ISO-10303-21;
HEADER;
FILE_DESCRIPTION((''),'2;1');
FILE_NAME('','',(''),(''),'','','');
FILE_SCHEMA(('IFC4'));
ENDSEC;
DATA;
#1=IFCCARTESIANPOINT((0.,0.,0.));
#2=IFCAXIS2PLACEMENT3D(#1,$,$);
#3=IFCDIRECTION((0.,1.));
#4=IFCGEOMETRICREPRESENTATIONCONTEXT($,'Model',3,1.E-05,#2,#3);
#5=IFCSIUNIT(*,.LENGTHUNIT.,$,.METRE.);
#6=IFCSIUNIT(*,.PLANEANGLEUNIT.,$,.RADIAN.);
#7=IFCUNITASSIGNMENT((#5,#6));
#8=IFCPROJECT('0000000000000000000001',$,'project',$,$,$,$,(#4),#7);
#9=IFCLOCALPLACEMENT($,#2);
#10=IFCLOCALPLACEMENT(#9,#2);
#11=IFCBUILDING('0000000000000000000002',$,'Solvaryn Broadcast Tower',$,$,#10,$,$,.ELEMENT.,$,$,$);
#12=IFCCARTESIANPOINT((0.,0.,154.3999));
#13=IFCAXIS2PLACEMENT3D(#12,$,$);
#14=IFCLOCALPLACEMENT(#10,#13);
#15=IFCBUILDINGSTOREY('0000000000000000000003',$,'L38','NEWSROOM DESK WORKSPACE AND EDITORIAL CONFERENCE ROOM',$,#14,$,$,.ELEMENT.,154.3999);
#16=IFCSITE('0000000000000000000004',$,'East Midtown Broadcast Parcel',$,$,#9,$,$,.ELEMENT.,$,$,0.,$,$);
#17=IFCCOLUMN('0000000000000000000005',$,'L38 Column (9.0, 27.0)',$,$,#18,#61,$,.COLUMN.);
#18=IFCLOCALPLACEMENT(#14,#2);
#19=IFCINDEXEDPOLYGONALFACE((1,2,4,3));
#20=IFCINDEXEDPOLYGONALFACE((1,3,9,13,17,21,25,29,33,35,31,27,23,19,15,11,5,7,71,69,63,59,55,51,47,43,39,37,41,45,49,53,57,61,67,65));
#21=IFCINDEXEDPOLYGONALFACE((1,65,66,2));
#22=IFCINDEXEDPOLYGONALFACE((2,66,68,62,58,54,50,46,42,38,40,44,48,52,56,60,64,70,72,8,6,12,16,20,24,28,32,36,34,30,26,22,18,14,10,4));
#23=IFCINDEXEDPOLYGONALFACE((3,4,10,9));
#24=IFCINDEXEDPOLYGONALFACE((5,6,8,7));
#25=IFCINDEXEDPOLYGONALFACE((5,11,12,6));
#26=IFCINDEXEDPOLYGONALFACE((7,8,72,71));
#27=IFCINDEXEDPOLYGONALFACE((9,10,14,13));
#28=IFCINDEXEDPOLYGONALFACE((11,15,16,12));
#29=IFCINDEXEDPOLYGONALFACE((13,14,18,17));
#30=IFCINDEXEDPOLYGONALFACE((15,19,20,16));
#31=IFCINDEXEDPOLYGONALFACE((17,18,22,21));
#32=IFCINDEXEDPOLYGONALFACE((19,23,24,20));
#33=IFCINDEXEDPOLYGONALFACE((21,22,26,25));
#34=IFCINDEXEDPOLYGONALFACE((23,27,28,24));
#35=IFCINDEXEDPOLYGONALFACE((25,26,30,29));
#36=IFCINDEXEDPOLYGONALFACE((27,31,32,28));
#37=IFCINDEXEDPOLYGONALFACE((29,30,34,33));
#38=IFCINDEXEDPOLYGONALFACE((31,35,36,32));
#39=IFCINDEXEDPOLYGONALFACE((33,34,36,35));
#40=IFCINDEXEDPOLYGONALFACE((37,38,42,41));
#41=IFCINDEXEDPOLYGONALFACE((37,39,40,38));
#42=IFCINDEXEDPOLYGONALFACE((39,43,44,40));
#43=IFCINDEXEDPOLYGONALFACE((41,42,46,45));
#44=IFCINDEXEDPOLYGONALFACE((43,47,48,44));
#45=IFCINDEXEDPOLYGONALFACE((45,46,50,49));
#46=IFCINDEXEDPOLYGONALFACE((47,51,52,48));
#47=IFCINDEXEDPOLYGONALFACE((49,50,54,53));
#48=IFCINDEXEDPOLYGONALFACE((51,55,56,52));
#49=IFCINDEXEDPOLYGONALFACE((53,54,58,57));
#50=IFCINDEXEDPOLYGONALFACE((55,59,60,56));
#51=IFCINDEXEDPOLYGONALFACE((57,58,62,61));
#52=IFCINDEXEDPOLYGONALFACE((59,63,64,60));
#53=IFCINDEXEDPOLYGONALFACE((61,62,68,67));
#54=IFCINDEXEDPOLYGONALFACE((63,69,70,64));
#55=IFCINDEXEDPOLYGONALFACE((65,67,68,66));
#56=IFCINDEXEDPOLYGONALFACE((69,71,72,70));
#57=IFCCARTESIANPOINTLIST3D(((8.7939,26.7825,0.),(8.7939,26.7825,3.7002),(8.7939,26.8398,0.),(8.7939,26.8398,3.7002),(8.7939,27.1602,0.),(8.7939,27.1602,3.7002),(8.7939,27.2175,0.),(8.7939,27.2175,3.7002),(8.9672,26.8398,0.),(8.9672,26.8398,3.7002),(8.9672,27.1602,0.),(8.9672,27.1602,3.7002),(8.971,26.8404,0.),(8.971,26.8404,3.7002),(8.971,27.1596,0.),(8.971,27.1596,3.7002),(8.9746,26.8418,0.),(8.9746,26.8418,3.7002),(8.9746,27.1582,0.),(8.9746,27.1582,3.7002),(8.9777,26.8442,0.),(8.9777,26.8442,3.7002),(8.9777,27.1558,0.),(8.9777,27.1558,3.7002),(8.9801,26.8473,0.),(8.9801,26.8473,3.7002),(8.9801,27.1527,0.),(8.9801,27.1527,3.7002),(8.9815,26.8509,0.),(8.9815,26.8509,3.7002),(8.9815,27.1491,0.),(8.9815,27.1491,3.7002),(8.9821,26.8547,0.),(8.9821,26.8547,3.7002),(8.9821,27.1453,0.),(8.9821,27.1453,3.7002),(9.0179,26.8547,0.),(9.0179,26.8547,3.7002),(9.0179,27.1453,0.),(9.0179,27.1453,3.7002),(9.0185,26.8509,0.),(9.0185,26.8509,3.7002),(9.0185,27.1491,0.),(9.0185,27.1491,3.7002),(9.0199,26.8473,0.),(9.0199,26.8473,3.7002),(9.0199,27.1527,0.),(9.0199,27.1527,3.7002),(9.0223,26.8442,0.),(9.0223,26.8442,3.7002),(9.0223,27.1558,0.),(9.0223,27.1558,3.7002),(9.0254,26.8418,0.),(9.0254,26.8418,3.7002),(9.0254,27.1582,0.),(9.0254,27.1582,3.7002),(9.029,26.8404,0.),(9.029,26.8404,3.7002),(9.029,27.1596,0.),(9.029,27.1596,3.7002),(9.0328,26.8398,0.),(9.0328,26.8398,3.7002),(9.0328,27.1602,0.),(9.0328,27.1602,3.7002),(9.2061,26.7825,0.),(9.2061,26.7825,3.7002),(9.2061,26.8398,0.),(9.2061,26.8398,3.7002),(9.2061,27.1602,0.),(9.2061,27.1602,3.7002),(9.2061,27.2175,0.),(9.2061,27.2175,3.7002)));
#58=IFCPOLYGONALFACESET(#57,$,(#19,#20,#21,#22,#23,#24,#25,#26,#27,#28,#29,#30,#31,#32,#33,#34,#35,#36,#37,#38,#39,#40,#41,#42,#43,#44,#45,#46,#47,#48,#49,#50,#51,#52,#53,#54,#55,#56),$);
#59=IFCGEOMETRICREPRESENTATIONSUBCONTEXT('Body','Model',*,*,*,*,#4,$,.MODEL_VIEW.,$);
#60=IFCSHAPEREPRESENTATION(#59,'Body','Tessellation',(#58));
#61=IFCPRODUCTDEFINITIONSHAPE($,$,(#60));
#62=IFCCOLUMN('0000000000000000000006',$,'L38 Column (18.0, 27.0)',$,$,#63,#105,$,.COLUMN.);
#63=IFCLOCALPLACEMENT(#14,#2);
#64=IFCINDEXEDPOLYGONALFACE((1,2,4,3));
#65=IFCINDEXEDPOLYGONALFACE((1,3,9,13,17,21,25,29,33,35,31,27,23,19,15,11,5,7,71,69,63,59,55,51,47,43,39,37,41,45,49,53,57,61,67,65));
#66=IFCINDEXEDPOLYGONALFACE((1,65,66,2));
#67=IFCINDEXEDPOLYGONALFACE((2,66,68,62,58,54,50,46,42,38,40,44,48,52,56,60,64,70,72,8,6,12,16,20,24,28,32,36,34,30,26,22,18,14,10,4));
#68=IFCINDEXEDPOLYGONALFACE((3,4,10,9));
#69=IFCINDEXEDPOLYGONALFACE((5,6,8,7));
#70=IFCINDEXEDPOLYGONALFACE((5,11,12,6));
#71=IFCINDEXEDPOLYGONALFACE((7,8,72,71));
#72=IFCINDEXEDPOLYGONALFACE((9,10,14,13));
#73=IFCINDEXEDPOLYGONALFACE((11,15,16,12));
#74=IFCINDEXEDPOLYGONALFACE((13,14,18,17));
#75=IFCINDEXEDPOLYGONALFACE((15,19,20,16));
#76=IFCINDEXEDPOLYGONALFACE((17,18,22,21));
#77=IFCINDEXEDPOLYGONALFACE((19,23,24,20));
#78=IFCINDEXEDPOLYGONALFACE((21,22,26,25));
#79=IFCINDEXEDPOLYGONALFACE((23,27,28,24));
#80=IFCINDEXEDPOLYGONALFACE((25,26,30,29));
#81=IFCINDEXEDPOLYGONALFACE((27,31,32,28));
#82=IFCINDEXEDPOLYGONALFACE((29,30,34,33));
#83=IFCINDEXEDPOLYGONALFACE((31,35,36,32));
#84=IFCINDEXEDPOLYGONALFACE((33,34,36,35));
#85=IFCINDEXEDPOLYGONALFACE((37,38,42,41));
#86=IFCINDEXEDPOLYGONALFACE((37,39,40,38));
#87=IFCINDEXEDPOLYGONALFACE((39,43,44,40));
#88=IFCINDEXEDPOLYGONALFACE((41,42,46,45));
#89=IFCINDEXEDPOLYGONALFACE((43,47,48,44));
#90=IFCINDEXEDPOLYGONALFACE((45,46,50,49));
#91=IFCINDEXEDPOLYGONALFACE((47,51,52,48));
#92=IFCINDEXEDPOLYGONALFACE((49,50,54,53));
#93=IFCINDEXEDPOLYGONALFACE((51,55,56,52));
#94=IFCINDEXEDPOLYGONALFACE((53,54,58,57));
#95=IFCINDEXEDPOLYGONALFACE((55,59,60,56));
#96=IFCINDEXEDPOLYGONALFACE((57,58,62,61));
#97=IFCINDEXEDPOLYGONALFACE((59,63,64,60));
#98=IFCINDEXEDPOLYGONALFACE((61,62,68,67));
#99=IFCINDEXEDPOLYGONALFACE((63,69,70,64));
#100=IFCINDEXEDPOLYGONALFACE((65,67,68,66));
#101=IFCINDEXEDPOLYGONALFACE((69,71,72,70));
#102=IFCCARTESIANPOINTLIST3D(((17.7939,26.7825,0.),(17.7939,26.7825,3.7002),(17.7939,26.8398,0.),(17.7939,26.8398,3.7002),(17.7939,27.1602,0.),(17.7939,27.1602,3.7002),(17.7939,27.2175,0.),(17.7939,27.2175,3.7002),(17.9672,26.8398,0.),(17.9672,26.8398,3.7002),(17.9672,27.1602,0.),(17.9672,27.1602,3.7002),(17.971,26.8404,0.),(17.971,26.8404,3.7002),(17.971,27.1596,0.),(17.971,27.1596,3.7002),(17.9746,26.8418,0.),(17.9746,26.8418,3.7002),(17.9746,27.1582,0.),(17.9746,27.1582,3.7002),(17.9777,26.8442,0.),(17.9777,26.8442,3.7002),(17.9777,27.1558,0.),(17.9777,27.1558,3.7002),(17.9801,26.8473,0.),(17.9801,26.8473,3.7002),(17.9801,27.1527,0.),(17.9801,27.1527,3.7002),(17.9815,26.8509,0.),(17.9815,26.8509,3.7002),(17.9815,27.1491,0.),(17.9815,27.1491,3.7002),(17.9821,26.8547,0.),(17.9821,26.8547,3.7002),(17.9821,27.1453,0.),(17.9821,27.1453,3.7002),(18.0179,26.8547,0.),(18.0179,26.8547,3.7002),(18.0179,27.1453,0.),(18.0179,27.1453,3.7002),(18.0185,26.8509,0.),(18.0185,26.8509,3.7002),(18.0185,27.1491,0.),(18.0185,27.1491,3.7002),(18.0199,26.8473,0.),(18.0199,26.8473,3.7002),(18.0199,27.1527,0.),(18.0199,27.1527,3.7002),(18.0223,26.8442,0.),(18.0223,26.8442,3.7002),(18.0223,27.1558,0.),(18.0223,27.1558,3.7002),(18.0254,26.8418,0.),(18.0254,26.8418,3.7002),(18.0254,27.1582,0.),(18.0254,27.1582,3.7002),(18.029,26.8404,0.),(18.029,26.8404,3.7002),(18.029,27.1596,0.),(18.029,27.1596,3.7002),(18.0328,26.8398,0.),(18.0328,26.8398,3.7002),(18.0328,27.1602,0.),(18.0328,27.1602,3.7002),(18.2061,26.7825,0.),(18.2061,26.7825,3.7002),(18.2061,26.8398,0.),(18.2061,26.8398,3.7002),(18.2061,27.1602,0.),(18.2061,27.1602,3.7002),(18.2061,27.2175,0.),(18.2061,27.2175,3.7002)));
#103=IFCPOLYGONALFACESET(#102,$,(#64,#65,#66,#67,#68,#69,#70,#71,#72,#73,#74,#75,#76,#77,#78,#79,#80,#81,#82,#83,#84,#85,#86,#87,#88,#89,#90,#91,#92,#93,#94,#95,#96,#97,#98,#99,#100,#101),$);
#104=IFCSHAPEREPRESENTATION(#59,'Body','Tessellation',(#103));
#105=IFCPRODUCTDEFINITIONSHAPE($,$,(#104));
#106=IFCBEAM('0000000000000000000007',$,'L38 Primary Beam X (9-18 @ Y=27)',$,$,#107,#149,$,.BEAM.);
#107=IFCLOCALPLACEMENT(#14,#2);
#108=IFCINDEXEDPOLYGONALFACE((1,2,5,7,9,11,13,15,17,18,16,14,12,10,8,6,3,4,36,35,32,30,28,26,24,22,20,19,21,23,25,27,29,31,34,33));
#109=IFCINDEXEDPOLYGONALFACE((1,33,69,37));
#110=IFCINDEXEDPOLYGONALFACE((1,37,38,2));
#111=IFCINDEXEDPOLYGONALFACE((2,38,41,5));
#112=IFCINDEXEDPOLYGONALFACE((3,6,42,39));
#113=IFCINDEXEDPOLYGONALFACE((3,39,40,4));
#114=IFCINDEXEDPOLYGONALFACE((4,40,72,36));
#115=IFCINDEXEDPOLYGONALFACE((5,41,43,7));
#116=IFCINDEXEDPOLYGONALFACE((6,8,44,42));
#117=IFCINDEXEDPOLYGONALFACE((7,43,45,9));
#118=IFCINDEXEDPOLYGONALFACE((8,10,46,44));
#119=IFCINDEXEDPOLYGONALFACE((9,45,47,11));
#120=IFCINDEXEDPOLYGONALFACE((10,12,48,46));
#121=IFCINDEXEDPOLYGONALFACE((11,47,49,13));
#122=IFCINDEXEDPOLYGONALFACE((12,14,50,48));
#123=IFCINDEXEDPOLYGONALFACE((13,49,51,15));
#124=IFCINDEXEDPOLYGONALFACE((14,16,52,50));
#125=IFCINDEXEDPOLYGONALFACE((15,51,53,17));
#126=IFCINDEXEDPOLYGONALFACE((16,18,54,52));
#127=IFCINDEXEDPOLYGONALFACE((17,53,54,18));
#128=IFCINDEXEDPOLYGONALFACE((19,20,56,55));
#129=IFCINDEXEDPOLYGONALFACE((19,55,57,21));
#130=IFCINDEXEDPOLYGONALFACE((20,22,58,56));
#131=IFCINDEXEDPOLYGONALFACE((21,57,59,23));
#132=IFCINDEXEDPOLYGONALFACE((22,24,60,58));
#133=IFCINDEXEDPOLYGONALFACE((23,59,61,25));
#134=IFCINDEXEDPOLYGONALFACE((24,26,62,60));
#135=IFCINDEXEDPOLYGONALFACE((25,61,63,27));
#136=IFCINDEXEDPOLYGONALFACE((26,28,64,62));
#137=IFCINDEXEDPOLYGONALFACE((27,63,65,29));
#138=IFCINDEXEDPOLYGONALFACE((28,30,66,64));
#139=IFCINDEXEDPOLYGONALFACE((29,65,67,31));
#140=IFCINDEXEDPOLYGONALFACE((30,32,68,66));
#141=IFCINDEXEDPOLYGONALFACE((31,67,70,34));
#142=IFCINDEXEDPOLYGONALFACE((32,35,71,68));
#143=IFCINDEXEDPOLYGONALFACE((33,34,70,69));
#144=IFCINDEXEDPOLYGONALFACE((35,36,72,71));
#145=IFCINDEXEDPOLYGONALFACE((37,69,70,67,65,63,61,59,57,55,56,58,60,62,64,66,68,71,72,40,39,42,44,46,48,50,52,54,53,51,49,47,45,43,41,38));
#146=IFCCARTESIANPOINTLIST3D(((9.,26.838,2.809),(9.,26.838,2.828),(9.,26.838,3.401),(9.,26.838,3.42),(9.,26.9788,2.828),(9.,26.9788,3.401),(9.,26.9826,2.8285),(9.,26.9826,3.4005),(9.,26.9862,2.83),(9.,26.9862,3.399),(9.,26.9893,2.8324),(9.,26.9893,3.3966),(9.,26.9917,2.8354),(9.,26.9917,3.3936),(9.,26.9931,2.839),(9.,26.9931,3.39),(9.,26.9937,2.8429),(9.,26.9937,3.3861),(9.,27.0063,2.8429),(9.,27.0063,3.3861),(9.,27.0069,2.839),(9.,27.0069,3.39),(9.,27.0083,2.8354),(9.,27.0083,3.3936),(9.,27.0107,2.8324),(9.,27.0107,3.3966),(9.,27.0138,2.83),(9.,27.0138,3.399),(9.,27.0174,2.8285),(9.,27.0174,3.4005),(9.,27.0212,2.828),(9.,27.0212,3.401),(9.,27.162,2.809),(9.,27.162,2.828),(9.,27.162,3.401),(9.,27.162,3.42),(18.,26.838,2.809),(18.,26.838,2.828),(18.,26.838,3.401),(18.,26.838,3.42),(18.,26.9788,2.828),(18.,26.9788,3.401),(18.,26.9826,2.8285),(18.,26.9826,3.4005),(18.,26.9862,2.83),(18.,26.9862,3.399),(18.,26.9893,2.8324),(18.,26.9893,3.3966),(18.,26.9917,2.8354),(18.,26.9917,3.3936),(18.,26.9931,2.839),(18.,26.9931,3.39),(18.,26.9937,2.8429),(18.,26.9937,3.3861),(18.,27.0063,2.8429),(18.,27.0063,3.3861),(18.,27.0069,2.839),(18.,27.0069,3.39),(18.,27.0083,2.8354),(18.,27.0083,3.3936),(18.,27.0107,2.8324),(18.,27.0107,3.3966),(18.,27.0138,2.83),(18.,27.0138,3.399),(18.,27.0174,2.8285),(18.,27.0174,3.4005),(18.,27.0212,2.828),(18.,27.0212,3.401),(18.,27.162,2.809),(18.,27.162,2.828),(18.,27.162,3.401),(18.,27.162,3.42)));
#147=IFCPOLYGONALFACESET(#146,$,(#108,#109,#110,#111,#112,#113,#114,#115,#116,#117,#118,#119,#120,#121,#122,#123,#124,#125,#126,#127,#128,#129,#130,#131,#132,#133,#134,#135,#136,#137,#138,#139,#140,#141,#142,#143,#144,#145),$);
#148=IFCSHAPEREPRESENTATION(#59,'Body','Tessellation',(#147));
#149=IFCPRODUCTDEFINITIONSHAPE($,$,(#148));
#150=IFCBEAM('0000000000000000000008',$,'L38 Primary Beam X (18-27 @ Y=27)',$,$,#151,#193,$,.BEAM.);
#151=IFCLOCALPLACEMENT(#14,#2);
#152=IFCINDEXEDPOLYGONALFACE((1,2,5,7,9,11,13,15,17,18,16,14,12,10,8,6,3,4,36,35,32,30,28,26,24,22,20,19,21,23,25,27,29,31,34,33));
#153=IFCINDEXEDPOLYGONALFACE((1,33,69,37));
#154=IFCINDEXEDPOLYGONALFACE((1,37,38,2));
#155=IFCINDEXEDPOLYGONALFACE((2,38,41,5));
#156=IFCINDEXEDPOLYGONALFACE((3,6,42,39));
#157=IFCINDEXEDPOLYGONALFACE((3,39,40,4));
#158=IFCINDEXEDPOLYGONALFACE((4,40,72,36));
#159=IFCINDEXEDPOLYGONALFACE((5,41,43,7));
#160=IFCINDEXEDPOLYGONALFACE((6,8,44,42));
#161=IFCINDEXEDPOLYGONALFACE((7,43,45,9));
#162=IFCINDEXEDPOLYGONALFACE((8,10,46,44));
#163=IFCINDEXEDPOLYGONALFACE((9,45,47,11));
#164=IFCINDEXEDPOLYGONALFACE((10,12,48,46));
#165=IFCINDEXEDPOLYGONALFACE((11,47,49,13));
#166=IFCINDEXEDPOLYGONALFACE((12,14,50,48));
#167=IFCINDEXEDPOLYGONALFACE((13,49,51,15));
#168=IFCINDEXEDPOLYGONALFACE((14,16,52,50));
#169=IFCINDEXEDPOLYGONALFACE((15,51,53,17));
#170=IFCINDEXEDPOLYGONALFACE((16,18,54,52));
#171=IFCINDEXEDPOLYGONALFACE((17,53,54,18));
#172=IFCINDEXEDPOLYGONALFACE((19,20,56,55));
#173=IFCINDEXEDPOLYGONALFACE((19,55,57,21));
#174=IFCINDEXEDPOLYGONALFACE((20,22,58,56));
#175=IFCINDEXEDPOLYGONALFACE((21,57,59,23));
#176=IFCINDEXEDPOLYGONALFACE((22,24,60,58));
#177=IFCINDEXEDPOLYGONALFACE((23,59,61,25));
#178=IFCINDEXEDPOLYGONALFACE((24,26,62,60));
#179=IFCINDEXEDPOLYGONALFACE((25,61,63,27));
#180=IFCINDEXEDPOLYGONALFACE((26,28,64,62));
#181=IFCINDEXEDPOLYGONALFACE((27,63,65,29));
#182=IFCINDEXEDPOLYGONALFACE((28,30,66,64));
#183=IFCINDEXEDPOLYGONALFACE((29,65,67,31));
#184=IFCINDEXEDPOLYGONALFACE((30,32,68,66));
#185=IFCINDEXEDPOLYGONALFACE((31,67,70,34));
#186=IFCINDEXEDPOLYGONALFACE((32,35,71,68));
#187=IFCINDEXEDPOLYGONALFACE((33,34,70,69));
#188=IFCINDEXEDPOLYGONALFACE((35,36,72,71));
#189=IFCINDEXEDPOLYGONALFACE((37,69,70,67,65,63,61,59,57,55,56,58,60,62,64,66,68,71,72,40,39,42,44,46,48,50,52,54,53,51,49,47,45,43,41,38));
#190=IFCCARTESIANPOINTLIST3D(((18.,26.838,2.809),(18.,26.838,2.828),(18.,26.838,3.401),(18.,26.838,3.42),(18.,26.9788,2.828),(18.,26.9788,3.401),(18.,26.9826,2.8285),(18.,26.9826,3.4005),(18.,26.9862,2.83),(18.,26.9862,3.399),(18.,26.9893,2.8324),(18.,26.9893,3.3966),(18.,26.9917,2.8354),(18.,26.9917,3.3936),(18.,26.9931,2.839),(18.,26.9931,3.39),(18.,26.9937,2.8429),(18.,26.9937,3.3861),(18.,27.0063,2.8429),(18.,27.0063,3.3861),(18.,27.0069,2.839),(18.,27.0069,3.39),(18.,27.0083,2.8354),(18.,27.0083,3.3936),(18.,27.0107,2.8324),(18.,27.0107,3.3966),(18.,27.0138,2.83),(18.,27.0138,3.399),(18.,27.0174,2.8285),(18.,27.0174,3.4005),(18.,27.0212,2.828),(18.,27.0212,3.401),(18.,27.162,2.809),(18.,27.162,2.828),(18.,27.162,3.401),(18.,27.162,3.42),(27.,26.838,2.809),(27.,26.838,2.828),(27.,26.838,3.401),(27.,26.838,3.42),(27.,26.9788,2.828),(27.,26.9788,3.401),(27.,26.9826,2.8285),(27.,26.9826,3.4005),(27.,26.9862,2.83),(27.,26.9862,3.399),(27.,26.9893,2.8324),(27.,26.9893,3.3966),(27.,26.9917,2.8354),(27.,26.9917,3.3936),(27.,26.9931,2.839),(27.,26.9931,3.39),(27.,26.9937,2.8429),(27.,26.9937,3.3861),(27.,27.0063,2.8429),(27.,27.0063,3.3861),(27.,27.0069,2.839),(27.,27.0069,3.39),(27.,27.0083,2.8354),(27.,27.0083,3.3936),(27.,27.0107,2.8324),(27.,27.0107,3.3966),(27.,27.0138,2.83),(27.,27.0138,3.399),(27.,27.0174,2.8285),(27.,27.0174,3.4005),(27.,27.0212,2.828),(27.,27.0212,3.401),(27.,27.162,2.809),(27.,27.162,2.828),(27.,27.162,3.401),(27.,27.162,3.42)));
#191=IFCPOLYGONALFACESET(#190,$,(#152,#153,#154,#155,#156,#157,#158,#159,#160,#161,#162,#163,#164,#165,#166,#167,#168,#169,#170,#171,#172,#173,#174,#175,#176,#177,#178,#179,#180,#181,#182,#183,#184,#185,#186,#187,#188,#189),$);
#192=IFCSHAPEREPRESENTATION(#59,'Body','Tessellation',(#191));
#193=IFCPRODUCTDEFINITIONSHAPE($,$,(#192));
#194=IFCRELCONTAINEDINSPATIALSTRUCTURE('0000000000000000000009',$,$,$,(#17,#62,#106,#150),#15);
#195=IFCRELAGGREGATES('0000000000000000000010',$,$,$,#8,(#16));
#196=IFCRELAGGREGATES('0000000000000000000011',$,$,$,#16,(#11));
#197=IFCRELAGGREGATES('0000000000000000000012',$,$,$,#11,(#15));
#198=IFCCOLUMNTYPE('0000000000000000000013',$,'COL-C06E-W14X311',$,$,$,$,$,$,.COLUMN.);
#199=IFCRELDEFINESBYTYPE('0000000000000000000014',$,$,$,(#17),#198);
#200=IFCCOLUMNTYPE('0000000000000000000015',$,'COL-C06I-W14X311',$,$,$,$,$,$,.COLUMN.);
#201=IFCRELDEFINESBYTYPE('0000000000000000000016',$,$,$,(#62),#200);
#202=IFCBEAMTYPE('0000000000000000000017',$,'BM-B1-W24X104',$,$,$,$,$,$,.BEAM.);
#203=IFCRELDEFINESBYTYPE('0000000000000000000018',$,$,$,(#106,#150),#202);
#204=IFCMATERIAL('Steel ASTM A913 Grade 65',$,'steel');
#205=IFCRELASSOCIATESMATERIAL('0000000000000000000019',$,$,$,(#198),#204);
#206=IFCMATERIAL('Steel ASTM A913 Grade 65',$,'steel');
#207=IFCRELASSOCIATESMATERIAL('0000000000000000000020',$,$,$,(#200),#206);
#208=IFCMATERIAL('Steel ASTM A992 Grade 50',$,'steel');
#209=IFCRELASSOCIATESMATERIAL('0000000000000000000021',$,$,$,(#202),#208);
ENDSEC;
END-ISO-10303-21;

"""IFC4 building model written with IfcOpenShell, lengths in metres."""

from ifc_helpers import new_model, si_unit, direction, frame, origin, origin_2d, place, context, subcontext, project, spatial, i_section, extrude, material, material_profile, profile_set, type_object, element, save


model = new_model("IFC4")

# Units and contexts
model_context = context("Model", 3, precision=1e-05, world=origin(), true_north=direction((0.0, 1.0)))
body_context = subcontext(model_context, "Body", "Model", "MODEL_VIEW")
ifc_project = project(units=[si_unit("LENGTHUNIT", "METRE"), si_unit("PLANEANGLEUNIT", "RADIAN")], contexts=[model_context])

# Site, building, storey
site_placement = place(None, origin())
site = spatial("IfcSite", under=ifc_project, at=site_placement, Name="East Midtown Broadcast Parcel", CompositionType="ELEMENT", RefElevation=0.0)
building_placement = place(site_placement, origin())
building = spatial("IfcBuilding", under=site, at=building_placement, Name="Solvaryn Broadcast Tower", CompositionType="ELEMENT")
storey_placement = place(building_placement, frame((0.0, 0.0, 154.3999)))
storey = spatial("IfcBuildingStorey", under=building, at=storey_placement, Name="L38", Description="NEWSROOM DESK WORKSPACE AND EDITORIAL CONFERENCE ROOM", CompositionType="ELEMENT", Elevation=154.3999)

# Columns
ifc_material_1 = material(Name="Steel ASTM A913 Grade 65", Category="steel")
ifc_material_profile_1 = material_profile(ifc_material_1, i_section(OverallWidth=0.4121, OverallDepth=0.4351, WebThickness=0.0359, FlangeThickness=0.0574, FilletRadius=0.0149, at=origin_2d()))
ifc_profile_set_1 = profile_set([ifc_material_profile_1], Name="Steel ASTM A913 Grade 65")
column_type_1 = type_object("IfcColumnType", Name="COL-C06E-W14X311", PredefinedType="COLUMN", material=ifc_profile_set_1)
column_1_placement = place(storey_placement, frame((9.0, 27.0, 0.0), z_axis=(0.0, 0.0, 1.0), x_axis=(1.0, 0.0, 0.0)))
element("IfcColumn", 1, at=column_1_placement, inside=storey, type_object=column_type_1, Name="L38 Column (9.0, 27.0)", PredefinedType="COLUMN", context=body_context, shape_type="SweptSolid", body=[
    extrude(i_section(OverallWidth=0.4121, OverallDepth=0.4351, WebThickness=0.0359, FlangeThickness=0.0574, FilletRadius=0.0149, at=origin_2d()), origin(), (0.0, 0.0, 1.0), 3.7002),
])
ifc_material_2 = material(Name="Steel ASTM A913 Grade 65", Category="steel")
ifc_material_profile_2 = material_profile(ifc_material_2, i_section(OverallWidth=0.4121, OverallDepth=0.4351, WebThickness=0.0359, FlangeThickness=0.0574, FilletRadius=0.0149, at=origin_2d()))
ifc_profile_set_2 = profile_set([ifc_material_profile_2], Name="Steel ASTM A913 Grade 65")
column_type_2 = type_object("IfcColumnType", Name="COL-C06I-W14X311", PredefinedType="COLUMN", material=ifc_profile_set_2)
column_2_placement = place(storey_placement, frame((18.0, 27.0, 0.0), z_axis=(0.0, 0.0, 1.0), x_axis=(1.0, 0.0, 0.0)))
element("IfcColumn", 2, at=column_2_placement, inside=storey, type_object=column_type_2, Name="L38 Column (18.0, 27.0)", PredefinedType="COLUMN", context=body_context, shape_type="SweptSolid", body=[
    extrude(i_section(OverallWidth=0.4121, OverallDepth=0.4351, WebThickness=0.0359, FlangeThickness=0.0574, FilletRadius=0.0149, at=origin_2d()), origin(), (0.0, 0.0, 1.0), 3.7002),
])

# Beams
ifc_material_3 = material(Name="Steel ASTM A992 Grade 50", Category="steel")
ifc_material_profile_3 = material_profile(ifc_material_3, i_section(OverallWidth=0.324, OverallDepth=0.6111, WebThickness=0.0127, FlangeThickness=0.019, FilletRadius=0.0149, at=origin_2d()))
ifc_profile_set_3 = profile_set([ifc_material_profile_3], Name="Steel ASTM A992 Grade 50")
beam_type_1 = type_object("IfcBeamType", Name="BM-B1-W24X104", PredefinedType="BEAM", material=ifc_profile_set_3)
for number, where, z_axis, x_axis, name in (
    (3, (9.0, 27.0, 3.1145), (1.0, 0.0, 0.0), (0.0, 1.0, 0.0), "L38 Primary Beam X (9-18 @ Y=27)"),
    (4, (18.0, 27.0, 3.1145), (1.0, 0.0, 0.0), (0.0, 1.0, 0.0), "L38 Primary Beam X (18-27 @ Y=27)"),
):
    element("IfcBeam", number, at=place(storey_placement, frame(where, z_axis=z_axis, x_axis=x_axis)), inside=storey, type_object=beam_type_1, Name=name, PredefinedType="BEAM", context=body_context, shape_type="SweptSolid", body=[
        extrude(i_section(OverallWidth=0.324, OverallDepth=0.6111, WebThickness=0.0127, FlangeThickness=0.019, FilletRadius=0.0149, at=origin_2d()), origin(), (0.0, 0.0, 1.0), 9.0),
    ])

save(model, "model.ifc")
